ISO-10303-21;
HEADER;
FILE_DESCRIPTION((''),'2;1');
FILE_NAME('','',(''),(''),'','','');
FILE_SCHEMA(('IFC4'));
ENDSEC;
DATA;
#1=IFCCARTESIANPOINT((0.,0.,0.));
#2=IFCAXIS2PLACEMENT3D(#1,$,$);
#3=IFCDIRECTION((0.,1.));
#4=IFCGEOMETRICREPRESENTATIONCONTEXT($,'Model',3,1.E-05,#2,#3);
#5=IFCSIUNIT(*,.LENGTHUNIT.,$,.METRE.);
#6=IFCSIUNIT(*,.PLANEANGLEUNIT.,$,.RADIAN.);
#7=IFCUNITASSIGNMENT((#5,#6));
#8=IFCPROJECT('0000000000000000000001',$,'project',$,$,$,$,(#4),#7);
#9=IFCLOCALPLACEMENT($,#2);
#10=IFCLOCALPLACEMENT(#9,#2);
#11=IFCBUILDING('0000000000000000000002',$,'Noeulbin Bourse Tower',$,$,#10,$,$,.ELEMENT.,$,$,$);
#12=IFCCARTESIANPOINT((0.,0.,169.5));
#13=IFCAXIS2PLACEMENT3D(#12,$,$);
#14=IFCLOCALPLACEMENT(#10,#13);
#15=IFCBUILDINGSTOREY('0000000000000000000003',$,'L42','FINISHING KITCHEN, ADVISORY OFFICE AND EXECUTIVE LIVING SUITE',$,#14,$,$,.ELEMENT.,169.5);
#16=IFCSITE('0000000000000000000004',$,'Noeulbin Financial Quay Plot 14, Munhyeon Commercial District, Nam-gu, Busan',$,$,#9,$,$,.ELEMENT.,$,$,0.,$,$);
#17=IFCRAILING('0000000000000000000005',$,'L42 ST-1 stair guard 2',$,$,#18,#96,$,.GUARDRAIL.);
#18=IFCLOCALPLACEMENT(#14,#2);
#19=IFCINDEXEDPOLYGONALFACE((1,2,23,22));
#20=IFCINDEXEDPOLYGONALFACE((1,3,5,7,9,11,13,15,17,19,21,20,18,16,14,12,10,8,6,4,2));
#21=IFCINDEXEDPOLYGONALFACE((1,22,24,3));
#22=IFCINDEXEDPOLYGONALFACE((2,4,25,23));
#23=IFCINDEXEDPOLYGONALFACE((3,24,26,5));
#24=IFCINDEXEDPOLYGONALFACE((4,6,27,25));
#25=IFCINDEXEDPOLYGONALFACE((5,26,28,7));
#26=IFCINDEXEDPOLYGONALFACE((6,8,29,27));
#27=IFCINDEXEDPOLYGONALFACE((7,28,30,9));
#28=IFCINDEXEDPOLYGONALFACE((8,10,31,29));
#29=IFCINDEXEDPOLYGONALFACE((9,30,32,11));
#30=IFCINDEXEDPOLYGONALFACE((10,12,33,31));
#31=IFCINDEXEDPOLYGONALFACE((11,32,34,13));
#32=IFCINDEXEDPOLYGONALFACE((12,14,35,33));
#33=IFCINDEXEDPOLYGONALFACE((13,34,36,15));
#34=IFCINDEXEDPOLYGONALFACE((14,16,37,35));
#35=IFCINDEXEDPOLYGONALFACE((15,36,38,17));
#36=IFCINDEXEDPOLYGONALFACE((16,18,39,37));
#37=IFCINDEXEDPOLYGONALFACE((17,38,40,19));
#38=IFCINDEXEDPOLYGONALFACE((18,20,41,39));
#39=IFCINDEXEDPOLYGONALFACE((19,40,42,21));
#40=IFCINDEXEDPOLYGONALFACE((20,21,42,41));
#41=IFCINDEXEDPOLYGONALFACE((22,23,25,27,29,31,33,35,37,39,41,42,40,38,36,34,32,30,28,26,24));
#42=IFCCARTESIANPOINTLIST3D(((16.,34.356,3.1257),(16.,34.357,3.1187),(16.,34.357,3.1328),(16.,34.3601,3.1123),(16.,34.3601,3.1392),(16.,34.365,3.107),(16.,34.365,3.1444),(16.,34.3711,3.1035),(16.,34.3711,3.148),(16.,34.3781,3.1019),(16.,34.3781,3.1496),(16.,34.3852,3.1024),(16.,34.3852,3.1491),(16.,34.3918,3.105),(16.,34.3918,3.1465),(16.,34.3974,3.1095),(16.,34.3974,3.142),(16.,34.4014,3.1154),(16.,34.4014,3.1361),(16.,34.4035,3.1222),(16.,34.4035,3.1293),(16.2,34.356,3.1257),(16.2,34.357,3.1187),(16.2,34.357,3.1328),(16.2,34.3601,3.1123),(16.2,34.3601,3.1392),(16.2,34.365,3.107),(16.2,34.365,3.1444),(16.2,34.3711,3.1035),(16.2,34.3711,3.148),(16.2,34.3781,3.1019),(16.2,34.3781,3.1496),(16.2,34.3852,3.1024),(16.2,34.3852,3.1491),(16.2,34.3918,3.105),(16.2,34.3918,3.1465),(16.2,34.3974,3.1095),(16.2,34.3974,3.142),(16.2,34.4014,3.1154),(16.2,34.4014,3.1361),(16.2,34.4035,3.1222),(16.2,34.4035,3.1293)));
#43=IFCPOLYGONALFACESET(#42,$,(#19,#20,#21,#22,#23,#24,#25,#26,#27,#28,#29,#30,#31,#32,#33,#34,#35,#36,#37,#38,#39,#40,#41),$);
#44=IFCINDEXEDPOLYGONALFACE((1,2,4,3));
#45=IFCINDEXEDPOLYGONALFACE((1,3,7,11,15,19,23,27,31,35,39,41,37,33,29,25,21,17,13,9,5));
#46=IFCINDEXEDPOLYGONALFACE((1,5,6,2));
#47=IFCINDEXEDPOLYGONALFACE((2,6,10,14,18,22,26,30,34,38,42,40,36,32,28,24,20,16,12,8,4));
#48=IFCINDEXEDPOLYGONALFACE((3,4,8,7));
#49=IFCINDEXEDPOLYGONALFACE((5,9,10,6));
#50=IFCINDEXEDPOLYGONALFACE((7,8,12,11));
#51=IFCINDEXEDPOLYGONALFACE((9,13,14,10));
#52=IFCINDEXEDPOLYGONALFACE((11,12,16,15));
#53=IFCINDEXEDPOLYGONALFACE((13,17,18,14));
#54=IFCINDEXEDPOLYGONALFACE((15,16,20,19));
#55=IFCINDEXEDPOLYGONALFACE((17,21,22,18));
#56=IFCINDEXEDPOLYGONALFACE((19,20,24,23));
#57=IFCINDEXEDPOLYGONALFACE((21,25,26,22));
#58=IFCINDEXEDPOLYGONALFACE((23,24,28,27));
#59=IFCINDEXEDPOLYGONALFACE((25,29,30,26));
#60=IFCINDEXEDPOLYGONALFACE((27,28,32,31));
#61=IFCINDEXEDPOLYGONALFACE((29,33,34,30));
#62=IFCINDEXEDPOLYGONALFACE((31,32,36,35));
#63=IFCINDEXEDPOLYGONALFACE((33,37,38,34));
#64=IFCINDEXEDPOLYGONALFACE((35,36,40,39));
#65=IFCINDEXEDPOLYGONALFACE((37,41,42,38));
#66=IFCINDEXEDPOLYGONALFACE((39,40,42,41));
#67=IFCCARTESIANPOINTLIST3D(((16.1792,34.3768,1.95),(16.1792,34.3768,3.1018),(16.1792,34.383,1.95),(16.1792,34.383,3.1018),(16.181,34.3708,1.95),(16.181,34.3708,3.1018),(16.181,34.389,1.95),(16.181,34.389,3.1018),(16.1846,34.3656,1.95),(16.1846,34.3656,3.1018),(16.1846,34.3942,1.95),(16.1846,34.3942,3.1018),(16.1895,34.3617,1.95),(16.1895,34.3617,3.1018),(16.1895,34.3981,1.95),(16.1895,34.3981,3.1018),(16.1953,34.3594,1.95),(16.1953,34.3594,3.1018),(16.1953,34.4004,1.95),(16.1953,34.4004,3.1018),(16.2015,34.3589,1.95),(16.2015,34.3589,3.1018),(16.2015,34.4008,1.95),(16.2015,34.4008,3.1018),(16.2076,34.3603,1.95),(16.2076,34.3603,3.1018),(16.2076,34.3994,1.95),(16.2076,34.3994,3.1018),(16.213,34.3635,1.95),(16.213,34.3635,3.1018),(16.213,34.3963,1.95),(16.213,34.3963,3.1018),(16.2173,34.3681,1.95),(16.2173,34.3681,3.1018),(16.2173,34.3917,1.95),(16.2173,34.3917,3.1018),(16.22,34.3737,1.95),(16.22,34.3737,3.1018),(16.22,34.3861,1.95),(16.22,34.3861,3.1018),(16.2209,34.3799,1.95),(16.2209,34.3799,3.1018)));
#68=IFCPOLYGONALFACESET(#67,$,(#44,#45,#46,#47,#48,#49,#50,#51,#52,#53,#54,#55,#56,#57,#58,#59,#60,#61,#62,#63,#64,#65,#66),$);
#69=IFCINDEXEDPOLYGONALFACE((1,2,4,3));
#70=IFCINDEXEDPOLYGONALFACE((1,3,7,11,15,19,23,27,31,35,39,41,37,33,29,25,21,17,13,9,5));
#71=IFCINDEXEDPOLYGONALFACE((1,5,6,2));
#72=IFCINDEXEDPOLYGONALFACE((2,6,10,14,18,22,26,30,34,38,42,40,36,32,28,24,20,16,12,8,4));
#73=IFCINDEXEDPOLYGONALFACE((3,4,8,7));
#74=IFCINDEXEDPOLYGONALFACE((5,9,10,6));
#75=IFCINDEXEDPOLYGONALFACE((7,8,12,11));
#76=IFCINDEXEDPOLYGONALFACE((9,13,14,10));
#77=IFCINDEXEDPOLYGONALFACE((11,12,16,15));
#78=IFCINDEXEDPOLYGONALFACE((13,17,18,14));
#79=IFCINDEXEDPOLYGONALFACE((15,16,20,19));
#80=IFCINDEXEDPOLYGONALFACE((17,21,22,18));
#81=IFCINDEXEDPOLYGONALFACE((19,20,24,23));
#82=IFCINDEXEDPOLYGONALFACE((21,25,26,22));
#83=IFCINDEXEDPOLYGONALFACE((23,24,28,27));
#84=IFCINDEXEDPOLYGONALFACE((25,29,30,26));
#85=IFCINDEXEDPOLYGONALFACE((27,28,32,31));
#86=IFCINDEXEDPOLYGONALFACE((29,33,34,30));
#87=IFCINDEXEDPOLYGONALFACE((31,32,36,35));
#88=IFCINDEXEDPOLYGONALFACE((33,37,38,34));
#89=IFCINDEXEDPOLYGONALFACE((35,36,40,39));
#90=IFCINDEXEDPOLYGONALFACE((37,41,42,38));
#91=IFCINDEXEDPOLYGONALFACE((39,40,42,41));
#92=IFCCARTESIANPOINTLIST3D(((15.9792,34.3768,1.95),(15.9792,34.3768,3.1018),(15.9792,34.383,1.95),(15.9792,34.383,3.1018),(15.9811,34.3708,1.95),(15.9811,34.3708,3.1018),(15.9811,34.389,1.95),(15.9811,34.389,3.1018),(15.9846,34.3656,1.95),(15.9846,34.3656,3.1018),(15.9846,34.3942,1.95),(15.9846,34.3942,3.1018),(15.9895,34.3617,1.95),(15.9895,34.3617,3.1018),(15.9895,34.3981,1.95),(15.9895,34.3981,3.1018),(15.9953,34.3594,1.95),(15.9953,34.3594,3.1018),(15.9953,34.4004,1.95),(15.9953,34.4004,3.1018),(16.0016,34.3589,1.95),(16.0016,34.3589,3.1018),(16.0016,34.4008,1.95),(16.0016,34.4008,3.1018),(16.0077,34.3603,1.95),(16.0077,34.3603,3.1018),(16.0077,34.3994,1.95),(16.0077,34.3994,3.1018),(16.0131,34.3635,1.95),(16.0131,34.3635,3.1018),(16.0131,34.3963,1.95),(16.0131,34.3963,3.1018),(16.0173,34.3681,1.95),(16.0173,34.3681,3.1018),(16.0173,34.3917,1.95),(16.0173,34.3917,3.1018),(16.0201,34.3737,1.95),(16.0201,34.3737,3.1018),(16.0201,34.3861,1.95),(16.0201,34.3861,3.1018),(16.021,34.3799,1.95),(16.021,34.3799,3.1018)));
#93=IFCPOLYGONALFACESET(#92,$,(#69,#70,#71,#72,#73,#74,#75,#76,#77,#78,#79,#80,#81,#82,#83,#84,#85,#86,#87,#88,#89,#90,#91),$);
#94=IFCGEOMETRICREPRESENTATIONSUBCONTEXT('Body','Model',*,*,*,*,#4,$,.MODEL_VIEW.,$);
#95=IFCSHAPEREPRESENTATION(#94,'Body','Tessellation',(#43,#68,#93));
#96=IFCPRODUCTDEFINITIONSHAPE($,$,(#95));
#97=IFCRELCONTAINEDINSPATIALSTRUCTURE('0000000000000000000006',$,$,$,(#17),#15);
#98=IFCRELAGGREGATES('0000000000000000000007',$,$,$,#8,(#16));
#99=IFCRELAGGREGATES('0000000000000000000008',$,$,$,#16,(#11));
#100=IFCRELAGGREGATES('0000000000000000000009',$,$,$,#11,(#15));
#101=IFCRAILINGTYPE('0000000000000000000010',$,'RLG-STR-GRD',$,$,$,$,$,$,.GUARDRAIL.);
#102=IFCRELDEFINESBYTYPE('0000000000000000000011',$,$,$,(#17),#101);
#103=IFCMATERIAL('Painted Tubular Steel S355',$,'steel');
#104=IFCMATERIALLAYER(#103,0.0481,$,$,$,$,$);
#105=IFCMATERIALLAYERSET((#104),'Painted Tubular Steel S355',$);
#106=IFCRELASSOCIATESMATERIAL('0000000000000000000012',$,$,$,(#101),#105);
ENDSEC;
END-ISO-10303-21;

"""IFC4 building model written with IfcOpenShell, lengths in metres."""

from ifc_helpers import new_model, si_unit, direction, frame, origin, origin_2d, place, context, subcontext, project, spatial, circle, extrude, material, layer, layer_set, type_object, element, save


model = new_model("IFC4")

# Units and contexts
model_context = context("Model", 3, precision=1e-05, world=origin(), true_north=direction((0.0, 1.0)))
body_context = subcontext(model_context, "Body", "Model", "MODEL_VIEW")
ifc_project = project(units=[si_unit("LENGTHUNIT", "METRE"), si_unit("PLANEANGLEUNIT", "RADIAN")], contexts=[model_context])

# Site, building, storey
site_placement = place(None, origin())
site = spatial("IfcSite", under=ifc_project, at=site_placement, Name="Noeulbin Financial Quay Plot 14, Munhyeon Commercial District, Nam-gu, Busan", CompositionType="ELEMENT", RefElevation=0.0)
building_placement = place(site_placement, origin())
building = spatial("IfcBuilding", under=site, at=building_placement, Name="Noeulbin Bourse Tower", CompositionType="ELEMENT")
storey_placement = place(building_placement, frame((0.0, 0.0, 169.5)))
storey = spatial("IfcBuildingStorey", under=building, at=storey_placement, Name="L42", Description="FINISHING KITCHEN, ADVISORY OFFICE AND EXECUTIVE LIVING SUITE", CompositionType="ELEMENT", Elevation=169.5)

# Railing
ifc_material_1 = material(Name="Painted Tubular Steel S355", Category="steel")
ifc_layer_1 = layer(ifc_material_1, 0.0481)
ifc_layer_set_1 = layer_set([ifc_layer_1], Name="Painted Tubular Steel S355")
railing_type_1 = type_object("IfcRailingType", Name="RLG-STR-GRD", PredefinedType="GUARDRAIL", material=ifc_layer_set_1)
railing_1_placement = place(storey_placement, frame((16.2, 34.3799, 1.95)))
element("IfcRailing", 1, at=railing_1_placement, inside=storey, type_object=railing_type_1, Name="L42 ST-1 stair guard 2", PredefinedType="GUARDRAIL", context=body_context, shape_type="SweptSolid", body=[
    extrude(circle(Radius=0.0239, at=origin_2d()), frame((0.0, 0.0, 1.1758), z_axis=(-1.0, 0.0, 0.0), x_axis=(0.0, -1.0, 0.0)), (0.0, 0.0, 1.0), 0.2),
    extrude(circle(Radius=0.021, at=origin_2d()), origin(), (0.0, 0.0, 1.0), 1.1519),
    extrude(circle(Radius=0.021, at=origin_2d()), frame((-0.2, 0.0, 0.0)), (0.0, 0.0, 1.0), 1.1519),
])

save(model, "model.ifc")
